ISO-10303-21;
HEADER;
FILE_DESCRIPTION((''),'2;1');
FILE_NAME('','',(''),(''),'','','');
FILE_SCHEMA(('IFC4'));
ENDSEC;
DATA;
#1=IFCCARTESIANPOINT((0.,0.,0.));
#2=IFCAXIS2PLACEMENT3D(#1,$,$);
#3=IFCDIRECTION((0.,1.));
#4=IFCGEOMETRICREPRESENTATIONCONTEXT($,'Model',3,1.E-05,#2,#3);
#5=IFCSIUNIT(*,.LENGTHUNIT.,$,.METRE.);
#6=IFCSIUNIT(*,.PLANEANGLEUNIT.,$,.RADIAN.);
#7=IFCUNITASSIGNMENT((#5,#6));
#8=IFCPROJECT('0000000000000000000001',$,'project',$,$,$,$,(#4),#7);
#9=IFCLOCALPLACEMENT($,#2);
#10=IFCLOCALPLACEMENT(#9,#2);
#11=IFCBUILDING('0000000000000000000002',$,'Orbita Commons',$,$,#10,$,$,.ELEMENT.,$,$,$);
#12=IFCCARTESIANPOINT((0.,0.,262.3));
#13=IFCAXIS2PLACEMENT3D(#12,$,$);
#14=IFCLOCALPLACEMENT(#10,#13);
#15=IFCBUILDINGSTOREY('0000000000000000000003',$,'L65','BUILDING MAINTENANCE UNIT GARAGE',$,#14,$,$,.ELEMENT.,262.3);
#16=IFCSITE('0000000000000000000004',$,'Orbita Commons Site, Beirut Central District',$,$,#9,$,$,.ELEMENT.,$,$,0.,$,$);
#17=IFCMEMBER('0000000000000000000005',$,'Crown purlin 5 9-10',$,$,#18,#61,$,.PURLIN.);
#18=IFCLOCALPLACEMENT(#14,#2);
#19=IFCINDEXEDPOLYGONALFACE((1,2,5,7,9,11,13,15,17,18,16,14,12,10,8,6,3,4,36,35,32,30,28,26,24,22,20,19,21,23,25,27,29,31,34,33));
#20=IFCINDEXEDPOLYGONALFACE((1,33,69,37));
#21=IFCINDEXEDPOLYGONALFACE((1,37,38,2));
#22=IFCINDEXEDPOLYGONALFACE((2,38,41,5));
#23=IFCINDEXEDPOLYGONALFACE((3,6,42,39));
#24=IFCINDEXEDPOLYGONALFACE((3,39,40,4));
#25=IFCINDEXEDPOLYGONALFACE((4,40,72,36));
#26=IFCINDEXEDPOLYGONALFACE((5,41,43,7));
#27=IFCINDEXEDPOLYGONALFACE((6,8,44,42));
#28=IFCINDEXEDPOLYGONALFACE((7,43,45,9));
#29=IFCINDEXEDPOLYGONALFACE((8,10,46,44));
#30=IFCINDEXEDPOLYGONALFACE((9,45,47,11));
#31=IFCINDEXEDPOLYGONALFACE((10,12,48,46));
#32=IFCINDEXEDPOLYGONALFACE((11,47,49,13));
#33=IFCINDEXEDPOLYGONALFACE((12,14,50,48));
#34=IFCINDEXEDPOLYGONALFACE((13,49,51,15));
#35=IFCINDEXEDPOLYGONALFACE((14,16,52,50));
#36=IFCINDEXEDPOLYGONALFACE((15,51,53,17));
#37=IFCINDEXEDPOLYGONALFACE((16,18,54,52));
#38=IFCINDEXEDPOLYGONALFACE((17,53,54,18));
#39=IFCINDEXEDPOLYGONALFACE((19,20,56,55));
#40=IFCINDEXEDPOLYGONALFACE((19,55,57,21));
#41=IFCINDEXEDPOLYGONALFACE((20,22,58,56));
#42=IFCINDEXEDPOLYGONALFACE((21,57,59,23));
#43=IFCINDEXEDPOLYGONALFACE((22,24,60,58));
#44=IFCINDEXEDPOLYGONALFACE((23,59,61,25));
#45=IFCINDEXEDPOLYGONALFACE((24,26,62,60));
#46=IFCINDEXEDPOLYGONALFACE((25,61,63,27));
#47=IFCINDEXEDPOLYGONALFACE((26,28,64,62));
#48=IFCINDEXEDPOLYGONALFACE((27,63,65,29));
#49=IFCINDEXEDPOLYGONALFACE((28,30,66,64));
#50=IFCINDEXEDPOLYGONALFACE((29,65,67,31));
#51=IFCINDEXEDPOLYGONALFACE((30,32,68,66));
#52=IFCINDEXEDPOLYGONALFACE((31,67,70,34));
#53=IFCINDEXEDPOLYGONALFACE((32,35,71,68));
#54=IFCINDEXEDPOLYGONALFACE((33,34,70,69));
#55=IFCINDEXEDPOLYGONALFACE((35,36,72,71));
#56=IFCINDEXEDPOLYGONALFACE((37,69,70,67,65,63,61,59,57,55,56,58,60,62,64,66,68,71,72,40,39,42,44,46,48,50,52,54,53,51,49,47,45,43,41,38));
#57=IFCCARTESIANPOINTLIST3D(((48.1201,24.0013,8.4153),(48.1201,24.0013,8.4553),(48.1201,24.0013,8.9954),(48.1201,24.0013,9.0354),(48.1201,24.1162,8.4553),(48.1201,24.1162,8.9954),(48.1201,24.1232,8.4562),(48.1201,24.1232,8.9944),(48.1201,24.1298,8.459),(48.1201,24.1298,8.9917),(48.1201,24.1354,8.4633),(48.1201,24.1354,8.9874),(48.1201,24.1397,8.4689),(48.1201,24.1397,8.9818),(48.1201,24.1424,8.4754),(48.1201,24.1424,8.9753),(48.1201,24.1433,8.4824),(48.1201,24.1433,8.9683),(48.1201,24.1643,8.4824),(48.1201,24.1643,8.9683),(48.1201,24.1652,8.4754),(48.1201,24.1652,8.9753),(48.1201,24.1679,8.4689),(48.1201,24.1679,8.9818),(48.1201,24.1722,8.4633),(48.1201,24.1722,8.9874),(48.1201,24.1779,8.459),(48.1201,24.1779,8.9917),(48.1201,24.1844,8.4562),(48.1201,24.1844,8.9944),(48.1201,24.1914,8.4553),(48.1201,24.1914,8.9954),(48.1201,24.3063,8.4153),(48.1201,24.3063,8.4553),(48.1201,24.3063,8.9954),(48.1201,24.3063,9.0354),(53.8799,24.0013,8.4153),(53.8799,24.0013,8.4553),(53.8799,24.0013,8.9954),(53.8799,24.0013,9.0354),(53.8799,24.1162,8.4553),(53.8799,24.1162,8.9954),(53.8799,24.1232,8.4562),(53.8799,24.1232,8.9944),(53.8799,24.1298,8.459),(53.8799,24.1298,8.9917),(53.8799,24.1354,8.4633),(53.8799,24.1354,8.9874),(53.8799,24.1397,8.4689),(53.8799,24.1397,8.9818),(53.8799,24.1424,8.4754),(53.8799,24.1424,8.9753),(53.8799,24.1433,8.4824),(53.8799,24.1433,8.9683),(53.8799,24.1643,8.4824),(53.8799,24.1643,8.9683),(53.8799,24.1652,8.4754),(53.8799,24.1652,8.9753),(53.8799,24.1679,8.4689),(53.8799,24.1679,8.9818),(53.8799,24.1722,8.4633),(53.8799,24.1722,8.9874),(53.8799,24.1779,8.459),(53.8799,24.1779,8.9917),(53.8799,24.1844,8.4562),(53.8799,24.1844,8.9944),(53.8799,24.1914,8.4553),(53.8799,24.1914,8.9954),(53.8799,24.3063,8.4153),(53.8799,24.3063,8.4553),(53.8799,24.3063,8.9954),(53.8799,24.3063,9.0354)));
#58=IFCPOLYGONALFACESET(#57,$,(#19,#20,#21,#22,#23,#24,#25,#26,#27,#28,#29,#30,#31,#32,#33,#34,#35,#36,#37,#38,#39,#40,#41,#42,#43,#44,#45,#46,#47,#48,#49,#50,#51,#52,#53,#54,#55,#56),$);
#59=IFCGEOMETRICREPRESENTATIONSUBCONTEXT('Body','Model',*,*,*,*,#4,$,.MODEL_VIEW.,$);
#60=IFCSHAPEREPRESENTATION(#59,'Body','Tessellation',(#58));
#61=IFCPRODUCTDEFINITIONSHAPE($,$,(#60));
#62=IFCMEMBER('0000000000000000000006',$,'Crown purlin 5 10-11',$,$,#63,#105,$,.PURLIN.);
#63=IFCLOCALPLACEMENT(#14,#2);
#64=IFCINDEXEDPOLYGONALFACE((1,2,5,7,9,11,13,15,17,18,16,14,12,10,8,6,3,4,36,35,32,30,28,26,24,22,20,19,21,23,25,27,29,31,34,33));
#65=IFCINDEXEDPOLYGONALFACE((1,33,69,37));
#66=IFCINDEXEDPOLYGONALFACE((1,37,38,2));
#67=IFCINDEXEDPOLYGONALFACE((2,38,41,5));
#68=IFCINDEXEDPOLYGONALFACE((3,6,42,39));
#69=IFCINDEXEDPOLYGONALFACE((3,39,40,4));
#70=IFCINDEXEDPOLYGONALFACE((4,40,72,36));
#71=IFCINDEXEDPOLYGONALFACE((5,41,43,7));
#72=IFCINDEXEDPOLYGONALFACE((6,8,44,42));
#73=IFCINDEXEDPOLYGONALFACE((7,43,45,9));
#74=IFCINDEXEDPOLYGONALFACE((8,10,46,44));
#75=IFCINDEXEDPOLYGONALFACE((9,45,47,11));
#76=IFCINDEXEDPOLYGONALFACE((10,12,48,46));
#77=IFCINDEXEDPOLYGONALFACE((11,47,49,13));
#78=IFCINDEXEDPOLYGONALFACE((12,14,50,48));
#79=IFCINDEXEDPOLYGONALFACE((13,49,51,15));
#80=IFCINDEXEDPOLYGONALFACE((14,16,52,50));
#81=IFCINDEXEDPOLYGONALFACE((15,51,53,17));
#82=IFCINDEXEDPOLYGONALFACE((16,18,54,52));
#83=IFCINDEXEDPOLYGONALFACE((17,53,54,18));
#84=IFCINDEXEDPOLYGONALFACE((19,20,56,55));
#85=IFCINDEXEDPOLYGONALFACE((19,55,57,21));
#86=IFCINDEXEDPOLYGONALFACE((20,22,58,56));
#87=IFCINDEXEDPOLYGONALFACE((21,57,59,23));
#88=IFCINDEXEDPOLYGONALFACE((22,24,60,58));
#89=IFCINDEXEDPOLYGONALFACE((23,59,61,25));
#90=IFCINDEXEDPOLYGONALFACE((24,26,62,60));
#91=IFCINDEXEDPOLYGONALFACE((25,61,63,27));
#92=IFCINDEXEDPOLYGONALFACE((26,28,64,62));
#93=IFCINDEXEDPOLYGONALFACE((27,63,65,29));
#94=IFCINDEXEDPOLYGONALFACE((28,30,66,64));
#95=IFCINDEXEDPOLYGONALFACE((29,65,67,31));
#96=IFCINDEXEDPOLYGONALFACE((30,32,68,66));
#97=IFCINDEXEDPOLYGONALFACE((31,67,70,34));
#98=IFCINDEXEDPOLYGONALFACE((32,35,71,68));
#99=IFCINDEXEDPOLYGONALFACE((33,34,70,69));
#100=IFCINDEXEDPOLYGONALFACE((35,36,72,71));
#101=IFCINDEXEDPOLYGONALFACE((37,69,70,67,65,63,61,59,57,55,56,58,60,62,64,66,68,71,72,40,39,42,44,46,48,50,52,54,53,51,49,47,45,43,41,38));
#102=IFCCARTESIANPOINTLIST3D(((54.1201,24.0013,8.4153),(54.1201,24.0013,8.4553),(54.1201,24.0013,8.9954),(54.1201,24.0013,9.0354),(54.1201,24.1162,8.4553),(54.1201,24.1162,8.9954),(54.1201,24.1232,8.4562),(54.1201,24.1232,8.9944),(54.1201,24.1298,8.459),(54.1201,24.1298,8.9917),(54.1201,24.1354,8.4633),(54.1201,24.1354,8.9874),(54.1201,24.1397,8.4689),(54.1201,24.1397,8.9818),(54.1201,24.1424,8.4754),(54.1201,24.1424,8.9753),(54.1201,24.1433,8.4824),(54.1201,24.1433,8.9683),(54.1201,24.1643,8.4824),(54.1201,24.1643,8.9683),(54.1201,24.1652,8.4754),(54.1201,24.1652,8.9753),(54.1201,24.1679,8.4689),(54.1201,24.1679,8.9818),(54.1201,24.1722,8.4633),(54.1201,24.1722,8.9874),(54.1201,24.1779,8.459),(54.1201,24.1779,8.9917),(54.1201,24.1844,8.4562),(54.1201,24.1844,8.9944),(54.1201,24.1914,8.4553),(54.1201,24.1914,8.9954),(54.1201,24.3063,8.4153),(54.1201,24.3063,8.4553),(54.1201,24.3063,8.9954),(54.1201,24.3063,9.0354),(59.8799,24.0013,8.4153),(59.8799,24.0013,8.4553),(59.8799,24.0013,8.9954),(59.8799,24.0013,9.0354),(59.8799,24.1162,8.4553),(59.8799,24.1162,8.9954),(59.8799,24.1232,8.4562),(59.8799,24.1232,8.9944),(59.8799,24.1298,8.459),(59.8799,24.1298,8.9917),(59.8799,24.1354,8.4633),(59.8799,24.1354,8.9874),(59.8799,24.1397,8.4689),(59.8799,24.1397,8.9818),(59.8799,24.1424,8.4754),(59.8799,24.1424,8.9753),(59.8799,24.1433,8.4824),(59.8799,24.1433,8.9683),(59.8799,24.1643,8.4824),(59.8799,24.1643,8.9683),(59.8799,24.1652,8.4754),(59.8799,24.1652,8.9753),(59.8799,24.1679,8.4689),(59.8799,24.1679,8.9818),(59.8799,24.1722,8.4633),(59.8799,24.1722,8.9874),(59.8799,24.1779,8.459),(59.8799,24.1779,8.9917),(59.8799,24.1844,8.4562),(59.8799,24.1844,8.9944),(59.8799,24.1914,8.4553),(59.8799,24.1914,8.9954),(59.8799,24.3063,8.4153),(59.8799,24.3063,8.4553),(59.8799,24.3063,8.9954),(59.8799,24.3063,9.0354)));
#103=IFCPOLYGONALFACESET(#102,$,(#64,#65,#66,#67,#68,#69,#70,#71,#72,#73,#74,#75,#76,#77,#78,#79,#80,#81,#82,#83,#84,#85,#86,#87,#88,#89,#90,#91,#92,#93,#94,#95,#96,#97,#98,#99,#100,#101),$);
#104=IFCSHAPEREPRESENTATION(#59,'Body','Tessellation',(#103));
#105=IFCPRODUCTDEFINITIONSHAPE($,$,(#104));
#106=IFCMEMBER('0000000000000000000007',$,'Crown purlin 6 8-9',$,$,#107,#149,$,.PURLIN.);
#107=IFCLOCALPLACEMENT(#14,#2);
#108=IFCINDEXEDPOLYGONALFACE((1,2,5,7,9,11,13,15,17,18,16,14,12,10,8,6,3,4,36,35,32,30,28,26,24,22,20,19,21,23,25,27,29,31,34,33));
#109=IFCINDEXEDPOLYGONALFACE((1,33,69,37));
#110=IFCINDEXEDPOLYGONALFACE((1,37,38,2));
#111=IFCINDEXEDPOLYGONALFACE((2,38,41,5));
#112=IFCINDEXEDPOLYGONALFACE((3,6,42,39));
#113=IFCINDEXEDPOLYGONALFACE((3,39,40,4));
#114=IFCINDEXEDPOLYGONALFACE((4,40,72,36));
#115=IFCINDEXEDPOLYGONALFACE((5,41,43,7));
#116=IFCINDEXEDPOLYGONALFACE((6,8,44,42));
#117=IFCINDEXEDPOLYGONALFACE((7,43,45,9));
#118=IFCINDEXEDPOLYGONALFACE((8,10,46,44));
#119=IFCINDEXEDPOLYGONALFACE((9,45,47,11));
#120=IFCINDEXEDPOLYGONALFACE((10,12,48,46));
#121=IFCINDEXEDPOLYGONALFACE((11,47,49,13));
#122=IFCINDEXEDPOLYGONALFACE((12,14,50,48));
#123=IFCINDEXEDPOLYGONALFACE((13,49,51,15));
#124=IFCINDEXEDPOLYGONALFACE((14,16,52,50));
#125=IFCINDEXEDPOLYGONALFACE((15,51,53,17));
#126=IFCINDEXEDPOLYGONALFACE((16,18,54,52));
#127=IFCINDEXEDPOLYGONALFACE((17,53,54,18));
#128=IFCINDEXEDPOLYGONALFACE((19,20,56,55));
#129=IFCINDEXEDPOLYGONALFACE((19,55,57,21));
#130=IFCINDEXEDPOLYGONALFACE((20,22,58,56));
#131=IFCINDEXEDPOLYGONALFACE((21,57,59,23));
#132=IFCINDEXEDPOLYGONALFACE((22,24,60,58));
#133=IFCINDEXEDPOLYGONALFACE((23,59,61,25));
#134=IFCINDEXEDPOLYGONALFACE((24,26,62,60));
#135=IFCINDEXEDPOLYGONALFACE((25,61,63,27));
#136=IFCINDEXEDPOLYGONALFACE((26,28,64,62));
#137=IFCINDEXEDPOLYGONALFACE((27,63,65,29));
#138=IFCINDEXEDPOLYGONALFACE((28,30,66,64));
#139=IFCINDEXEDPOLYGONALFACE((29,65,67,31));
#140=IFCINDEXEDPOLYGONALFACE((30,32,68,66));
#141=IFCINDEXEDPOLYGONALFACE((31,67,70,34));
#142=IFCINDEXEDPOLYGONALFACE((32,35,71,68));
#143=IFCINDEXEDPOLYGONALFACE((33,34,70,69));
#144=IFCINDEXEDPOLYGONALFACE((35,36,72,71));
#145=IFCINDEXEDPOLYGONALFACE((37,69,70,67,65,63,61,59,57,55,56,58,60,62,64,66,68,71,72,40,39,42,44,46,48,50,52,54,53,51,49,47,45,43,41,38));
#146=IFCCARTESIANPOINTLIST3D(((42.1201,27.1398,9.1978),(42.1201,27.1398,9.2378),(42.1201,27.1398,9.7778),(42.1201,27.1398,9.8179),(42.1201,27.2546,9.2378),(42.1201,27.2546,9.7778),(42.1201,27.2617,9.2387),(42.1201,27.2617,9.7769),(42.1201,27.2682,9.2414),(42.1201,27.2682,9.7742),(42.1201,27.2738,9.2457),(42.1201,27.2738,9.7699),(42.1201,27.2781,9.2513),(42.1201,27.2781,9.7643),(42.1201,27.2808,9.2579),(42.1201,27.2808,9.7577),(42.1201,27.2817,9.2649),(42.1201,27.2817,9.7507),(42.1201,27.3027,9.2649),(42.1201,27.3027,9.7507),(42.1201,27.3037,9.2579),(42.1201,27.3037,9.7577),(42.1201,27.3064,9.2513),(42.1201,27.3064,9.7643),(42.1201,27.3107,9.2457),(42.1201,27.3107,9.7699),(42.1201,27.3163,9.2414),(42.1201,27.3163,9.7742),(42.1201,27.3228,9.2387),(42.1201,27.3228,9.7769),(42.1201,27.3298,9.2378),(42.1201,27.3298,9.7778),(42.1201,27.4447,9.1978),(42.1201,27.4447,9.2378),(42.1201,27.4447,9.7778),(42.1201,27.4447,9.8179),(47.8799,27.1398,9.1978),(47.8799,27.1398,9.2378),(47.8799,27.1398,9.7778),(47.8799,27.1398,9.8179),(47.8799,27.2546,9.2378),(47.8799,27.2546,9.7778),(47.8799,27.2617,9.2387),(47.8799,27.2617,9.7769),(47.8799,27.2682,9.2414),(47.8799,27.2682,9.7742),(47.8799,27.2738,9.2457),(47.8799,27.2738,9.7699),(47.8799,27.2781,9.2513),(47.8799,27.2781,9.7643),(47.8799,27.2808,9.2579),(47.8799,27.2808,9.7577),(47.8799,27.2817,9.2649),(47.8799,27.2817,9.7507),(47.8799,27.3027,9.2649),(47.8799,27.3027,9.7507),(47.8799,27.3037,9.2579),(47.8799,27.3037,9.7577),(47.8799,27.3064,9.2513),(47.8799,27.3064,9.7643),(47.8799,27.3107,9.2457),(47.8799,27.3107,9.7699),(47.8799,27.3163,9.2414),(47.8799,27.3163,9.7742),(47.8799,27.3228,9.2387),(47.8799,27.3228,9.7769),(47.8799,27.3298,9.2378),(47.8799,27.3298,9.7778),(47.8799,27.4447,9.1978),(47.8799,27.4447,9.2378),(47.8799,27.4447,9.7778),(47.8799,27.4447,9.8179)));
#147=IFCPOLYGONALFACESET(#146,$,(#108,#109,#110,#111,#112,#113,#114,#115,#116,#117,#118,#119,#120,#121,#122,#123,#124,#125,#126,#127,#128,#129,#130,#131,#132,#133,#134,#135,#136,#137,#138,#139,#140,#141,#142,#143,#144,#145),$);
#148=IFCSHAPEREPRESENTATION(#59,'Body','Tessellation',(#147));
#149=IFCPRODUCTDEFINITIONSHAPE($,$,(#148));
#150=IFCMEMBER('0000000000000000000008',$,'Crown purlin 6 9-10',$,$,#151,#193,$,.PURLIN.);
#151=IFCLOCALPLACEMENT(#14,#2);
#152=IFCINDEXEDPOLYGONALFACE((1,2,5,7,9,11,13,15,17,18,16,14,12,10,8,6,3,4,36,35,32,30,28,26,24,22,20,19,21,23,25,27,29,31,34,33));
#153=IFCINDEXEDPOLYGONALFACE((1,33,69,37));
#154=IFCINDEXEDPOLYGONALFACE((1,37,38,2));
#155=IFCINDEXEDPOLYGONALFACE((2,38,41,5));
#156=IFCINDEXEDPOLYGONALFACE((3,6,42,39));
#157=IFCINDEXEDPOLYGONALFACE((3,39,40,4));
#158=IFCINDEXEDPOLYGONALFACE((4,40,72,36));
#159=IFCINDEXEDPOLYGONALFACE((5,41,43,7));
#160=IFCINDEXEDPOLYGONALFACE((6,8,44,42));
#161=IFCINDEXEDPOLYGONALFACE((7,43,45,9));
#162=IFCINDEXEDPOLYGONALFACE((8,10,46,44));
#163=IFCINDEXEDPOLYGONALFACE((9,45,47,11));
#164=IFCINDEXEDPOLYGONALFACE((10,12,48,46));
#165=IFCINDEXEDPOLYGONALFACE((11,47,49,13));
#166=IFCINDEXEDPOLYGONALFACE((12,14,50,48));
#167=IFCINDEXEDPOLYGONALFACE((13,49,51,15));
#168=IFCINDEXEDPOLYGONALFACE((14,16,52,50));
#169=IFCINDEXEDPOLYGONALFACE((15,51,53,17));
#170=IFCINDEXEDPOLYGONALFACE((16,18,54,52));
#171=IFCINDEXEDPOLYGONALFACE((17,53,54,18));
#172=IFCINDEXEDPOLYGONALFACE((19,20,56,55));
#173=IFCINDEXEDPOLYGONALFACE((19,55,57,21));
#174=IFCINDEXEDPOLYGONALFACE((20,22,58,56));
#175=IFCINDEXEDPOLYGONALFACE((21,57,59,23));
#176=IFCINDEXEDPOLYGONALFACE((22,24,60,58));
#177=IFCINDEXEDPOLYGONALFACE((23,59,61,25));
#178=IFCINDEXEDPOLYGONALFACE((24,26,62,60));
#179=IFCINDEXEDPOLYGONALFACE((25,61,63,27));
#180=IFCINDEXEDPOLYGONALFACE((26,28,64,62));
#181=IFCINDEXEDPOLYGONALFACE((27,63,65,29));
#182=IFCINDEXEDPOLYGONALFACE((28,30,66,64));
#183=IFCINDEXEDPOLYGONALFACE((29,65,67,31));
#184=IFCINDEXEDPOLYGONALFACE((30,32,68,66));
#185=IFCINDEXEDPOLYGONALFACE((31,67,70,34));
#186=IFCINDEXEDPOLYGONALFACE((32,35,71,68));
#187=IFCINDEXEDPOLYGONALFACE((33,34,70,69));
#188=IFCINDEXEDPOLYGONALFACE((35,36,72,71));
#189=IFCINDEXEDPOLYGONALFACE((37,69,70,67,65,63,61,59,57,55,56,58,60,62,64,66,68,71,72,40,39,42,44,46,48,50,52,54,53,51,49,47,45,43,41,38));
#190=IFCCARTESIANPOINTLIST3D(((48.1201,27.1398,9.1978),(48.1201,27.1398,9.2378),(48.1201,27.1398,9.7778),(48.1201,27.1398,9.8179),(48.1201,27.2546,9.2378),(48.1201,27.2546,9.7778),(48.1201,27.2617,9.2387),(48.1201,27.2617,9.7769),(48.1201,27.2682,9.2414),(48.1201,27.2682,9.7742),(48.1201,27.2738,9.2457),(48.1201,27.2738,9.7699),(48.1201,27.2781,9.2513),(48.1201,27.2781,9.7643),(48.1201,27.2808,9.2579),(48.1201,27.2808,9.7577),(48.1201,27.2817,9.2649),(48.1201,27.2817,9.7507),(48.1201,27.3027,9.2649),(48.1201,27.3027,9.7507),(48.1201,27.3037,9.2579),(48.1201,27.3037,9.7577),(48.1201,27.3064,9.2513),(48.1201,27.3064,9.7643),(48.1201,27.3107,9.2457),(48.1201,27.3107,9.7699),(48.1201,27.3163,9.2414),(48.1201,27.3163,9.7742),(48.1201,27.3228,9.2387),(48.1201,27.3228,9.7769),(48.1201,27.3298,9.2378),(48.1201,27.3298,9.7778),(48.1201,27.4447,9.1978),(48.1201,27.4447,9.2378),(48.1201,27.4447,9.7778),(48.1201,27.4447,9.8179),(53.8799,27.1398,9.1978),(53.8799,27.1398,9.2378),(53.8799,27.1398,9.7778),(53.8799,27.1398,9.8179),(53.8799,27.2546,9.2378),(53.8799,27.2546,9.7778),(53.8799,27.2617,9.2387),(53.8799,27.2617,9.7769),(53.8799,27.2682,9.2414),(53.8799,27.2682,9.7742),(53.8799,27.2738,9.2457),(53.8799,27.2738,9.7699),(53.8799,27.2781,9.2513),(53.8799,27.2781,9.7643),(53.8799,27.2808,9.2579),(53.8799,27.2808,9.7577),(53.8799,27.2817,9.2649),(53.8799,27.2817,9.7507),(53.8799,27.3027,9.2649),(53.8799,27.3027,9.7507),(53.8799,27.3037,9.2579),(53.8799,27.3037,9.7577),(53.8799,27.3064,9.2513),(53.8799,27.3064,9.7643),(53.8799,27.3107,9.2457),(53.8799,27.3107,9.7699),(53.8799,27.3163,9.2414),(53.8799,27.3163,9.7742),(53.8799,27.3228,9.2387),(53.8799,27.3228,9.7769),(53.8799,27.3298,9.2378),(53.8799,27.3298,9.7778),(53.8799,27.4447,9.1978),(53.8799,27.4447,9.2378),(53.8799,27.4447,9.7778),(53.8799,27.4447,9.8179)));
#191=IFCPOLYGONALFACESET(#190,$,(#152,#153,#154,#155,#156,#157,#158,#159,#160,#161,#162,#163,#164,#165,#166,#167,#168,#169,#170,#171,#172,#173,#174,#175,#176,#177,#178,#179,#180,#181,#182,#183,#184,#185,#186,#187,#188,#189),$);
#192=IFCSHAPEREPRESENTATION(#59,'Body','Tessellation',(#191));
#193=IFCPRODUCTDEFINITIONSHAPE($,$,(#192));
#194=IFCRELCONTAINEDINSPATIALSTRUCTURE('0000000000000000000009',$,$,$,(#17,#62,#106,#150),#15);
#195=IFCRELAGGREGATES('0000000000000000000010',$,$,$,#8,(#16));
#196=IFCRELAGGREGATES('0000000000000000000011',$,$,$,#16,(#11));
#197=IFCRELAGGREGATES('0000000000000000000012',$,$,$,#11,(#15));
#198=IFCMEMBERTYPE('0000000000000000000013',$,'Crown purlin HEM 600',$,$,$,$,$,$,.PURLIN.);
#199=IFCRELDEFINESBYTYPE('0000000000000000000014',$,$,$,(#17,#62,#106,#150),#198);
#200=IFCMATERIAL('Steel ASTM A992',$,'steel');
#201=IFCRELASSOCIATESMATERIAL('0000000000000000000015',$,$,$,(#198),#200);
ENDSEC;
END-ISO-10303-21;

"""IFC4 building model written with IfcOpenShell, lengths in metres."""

from ifc_helpers import new_model, si_unit, direction, frame, origin, origin_2d, place, context, subcontext, project, spatial, i_section, extrude, material, material_profile, profile_set, type_object, element, save


model = new_model("IFC4")

# Units and contexts
model_context = context("Model", 3, precision=1e-05, world=origin(), true_north=direction((0.0, 1.0)))
body_context = subcontext(model_context, "Body", "Model", "MODEL_VIEW")
ifc_project = project(units=[si_unit("LENGTHUNIT", "METRE"), si_unit("PLANEANGLEUNIT", "RADIAN")], contexts=[model_context])

# Site, building, storey
site_placement = place(None, origin())
site = spatial("IfcSite", under=ifc_project, at=site_placement, Name="Orbita Commons Site, Beirut Central District", CompositionType="ELEMENT", RefElevation=0.0)
building_placement = place(site_placement, origin())
building = spatial("IfcBuilding", under=site, at=building_placement, Name="Orbita Commons", CompositionType="ELEMENT")
storey_placement = place(building_placement, frame((0.0, 0.0, 262.3)))
storey = spatial("IfcBuildingStorey", under=building, at=storey_placement, Name="L65", Description="BUILDING MAINTENANCE UNIT GARAGE", CompositionType="ELEMENT", Elevation=262.3)

# Members
ifc_material_1 = material(Name="Steel ASTM A992", Category="steel")
ifc_material_profile_1 = material_profile(ifc_material_1, i_section(OverallWidth=0.3049, OverallDepth=0.6201, WebThickness=0.021, FlangeThickness=0.04, FilletRadius=0.0271, at=origin_2d()), Name="HEM 600")
ifc_profile_set_1 = profile_set([ifc_material_profile_1], Name="Steel ASTM A992")
member_type_1 = type_object("IfcMemberType", Name="Crown purlin HEM 600", PredefinedType="PURLIN", material=ifc_profile_set_1)
for number, where, z_axis, x_axis, name in (
    (1, (48.1201, 24.1538, 8.7253), (1.0, 0.0, 0.0), (0.0, 1.0, 0.0), "Crown purlin 5 9-10"),
    (2, (54.1201, 24.1538, 8.7253), (1.0, 0.0, 0.0), (0.0, 1.0, 0.0), "Crown purlin 5 10-11"),
    (3, (42.1201, 27.2922, 9.5078), (1.0, 0.0, 0.0), (0.0, 1.0, 0.0), "Crown purlin 6 8-9"),
    (4, (48.1201, 27.2922, 9.5078), (1.0, 0.0, 0.0), (0.0, 1.0, 0.0), "Crown purlin 6 9-10"),
):
    element("IfcMember", number, at=place(storey_placement, frame(where, z_axis=z_axis, x_axis=x_axis)), inside=storey, type_object=member_type_1, Name=name, PredefinedType="PURLIN", context=body_context, shape_type="SweptSolid", body=[
        extrude(i_section(OverallWidth=0.3049, OverallDepth=0.6201, WebThickness=0.021, FlangeThickness=0.04, FilletRadius=0.0271, at=origin_2d()), origin(), (0.0, 0.0, 1.0), 5.7598),
    ])

save(model, "model.ifc")
